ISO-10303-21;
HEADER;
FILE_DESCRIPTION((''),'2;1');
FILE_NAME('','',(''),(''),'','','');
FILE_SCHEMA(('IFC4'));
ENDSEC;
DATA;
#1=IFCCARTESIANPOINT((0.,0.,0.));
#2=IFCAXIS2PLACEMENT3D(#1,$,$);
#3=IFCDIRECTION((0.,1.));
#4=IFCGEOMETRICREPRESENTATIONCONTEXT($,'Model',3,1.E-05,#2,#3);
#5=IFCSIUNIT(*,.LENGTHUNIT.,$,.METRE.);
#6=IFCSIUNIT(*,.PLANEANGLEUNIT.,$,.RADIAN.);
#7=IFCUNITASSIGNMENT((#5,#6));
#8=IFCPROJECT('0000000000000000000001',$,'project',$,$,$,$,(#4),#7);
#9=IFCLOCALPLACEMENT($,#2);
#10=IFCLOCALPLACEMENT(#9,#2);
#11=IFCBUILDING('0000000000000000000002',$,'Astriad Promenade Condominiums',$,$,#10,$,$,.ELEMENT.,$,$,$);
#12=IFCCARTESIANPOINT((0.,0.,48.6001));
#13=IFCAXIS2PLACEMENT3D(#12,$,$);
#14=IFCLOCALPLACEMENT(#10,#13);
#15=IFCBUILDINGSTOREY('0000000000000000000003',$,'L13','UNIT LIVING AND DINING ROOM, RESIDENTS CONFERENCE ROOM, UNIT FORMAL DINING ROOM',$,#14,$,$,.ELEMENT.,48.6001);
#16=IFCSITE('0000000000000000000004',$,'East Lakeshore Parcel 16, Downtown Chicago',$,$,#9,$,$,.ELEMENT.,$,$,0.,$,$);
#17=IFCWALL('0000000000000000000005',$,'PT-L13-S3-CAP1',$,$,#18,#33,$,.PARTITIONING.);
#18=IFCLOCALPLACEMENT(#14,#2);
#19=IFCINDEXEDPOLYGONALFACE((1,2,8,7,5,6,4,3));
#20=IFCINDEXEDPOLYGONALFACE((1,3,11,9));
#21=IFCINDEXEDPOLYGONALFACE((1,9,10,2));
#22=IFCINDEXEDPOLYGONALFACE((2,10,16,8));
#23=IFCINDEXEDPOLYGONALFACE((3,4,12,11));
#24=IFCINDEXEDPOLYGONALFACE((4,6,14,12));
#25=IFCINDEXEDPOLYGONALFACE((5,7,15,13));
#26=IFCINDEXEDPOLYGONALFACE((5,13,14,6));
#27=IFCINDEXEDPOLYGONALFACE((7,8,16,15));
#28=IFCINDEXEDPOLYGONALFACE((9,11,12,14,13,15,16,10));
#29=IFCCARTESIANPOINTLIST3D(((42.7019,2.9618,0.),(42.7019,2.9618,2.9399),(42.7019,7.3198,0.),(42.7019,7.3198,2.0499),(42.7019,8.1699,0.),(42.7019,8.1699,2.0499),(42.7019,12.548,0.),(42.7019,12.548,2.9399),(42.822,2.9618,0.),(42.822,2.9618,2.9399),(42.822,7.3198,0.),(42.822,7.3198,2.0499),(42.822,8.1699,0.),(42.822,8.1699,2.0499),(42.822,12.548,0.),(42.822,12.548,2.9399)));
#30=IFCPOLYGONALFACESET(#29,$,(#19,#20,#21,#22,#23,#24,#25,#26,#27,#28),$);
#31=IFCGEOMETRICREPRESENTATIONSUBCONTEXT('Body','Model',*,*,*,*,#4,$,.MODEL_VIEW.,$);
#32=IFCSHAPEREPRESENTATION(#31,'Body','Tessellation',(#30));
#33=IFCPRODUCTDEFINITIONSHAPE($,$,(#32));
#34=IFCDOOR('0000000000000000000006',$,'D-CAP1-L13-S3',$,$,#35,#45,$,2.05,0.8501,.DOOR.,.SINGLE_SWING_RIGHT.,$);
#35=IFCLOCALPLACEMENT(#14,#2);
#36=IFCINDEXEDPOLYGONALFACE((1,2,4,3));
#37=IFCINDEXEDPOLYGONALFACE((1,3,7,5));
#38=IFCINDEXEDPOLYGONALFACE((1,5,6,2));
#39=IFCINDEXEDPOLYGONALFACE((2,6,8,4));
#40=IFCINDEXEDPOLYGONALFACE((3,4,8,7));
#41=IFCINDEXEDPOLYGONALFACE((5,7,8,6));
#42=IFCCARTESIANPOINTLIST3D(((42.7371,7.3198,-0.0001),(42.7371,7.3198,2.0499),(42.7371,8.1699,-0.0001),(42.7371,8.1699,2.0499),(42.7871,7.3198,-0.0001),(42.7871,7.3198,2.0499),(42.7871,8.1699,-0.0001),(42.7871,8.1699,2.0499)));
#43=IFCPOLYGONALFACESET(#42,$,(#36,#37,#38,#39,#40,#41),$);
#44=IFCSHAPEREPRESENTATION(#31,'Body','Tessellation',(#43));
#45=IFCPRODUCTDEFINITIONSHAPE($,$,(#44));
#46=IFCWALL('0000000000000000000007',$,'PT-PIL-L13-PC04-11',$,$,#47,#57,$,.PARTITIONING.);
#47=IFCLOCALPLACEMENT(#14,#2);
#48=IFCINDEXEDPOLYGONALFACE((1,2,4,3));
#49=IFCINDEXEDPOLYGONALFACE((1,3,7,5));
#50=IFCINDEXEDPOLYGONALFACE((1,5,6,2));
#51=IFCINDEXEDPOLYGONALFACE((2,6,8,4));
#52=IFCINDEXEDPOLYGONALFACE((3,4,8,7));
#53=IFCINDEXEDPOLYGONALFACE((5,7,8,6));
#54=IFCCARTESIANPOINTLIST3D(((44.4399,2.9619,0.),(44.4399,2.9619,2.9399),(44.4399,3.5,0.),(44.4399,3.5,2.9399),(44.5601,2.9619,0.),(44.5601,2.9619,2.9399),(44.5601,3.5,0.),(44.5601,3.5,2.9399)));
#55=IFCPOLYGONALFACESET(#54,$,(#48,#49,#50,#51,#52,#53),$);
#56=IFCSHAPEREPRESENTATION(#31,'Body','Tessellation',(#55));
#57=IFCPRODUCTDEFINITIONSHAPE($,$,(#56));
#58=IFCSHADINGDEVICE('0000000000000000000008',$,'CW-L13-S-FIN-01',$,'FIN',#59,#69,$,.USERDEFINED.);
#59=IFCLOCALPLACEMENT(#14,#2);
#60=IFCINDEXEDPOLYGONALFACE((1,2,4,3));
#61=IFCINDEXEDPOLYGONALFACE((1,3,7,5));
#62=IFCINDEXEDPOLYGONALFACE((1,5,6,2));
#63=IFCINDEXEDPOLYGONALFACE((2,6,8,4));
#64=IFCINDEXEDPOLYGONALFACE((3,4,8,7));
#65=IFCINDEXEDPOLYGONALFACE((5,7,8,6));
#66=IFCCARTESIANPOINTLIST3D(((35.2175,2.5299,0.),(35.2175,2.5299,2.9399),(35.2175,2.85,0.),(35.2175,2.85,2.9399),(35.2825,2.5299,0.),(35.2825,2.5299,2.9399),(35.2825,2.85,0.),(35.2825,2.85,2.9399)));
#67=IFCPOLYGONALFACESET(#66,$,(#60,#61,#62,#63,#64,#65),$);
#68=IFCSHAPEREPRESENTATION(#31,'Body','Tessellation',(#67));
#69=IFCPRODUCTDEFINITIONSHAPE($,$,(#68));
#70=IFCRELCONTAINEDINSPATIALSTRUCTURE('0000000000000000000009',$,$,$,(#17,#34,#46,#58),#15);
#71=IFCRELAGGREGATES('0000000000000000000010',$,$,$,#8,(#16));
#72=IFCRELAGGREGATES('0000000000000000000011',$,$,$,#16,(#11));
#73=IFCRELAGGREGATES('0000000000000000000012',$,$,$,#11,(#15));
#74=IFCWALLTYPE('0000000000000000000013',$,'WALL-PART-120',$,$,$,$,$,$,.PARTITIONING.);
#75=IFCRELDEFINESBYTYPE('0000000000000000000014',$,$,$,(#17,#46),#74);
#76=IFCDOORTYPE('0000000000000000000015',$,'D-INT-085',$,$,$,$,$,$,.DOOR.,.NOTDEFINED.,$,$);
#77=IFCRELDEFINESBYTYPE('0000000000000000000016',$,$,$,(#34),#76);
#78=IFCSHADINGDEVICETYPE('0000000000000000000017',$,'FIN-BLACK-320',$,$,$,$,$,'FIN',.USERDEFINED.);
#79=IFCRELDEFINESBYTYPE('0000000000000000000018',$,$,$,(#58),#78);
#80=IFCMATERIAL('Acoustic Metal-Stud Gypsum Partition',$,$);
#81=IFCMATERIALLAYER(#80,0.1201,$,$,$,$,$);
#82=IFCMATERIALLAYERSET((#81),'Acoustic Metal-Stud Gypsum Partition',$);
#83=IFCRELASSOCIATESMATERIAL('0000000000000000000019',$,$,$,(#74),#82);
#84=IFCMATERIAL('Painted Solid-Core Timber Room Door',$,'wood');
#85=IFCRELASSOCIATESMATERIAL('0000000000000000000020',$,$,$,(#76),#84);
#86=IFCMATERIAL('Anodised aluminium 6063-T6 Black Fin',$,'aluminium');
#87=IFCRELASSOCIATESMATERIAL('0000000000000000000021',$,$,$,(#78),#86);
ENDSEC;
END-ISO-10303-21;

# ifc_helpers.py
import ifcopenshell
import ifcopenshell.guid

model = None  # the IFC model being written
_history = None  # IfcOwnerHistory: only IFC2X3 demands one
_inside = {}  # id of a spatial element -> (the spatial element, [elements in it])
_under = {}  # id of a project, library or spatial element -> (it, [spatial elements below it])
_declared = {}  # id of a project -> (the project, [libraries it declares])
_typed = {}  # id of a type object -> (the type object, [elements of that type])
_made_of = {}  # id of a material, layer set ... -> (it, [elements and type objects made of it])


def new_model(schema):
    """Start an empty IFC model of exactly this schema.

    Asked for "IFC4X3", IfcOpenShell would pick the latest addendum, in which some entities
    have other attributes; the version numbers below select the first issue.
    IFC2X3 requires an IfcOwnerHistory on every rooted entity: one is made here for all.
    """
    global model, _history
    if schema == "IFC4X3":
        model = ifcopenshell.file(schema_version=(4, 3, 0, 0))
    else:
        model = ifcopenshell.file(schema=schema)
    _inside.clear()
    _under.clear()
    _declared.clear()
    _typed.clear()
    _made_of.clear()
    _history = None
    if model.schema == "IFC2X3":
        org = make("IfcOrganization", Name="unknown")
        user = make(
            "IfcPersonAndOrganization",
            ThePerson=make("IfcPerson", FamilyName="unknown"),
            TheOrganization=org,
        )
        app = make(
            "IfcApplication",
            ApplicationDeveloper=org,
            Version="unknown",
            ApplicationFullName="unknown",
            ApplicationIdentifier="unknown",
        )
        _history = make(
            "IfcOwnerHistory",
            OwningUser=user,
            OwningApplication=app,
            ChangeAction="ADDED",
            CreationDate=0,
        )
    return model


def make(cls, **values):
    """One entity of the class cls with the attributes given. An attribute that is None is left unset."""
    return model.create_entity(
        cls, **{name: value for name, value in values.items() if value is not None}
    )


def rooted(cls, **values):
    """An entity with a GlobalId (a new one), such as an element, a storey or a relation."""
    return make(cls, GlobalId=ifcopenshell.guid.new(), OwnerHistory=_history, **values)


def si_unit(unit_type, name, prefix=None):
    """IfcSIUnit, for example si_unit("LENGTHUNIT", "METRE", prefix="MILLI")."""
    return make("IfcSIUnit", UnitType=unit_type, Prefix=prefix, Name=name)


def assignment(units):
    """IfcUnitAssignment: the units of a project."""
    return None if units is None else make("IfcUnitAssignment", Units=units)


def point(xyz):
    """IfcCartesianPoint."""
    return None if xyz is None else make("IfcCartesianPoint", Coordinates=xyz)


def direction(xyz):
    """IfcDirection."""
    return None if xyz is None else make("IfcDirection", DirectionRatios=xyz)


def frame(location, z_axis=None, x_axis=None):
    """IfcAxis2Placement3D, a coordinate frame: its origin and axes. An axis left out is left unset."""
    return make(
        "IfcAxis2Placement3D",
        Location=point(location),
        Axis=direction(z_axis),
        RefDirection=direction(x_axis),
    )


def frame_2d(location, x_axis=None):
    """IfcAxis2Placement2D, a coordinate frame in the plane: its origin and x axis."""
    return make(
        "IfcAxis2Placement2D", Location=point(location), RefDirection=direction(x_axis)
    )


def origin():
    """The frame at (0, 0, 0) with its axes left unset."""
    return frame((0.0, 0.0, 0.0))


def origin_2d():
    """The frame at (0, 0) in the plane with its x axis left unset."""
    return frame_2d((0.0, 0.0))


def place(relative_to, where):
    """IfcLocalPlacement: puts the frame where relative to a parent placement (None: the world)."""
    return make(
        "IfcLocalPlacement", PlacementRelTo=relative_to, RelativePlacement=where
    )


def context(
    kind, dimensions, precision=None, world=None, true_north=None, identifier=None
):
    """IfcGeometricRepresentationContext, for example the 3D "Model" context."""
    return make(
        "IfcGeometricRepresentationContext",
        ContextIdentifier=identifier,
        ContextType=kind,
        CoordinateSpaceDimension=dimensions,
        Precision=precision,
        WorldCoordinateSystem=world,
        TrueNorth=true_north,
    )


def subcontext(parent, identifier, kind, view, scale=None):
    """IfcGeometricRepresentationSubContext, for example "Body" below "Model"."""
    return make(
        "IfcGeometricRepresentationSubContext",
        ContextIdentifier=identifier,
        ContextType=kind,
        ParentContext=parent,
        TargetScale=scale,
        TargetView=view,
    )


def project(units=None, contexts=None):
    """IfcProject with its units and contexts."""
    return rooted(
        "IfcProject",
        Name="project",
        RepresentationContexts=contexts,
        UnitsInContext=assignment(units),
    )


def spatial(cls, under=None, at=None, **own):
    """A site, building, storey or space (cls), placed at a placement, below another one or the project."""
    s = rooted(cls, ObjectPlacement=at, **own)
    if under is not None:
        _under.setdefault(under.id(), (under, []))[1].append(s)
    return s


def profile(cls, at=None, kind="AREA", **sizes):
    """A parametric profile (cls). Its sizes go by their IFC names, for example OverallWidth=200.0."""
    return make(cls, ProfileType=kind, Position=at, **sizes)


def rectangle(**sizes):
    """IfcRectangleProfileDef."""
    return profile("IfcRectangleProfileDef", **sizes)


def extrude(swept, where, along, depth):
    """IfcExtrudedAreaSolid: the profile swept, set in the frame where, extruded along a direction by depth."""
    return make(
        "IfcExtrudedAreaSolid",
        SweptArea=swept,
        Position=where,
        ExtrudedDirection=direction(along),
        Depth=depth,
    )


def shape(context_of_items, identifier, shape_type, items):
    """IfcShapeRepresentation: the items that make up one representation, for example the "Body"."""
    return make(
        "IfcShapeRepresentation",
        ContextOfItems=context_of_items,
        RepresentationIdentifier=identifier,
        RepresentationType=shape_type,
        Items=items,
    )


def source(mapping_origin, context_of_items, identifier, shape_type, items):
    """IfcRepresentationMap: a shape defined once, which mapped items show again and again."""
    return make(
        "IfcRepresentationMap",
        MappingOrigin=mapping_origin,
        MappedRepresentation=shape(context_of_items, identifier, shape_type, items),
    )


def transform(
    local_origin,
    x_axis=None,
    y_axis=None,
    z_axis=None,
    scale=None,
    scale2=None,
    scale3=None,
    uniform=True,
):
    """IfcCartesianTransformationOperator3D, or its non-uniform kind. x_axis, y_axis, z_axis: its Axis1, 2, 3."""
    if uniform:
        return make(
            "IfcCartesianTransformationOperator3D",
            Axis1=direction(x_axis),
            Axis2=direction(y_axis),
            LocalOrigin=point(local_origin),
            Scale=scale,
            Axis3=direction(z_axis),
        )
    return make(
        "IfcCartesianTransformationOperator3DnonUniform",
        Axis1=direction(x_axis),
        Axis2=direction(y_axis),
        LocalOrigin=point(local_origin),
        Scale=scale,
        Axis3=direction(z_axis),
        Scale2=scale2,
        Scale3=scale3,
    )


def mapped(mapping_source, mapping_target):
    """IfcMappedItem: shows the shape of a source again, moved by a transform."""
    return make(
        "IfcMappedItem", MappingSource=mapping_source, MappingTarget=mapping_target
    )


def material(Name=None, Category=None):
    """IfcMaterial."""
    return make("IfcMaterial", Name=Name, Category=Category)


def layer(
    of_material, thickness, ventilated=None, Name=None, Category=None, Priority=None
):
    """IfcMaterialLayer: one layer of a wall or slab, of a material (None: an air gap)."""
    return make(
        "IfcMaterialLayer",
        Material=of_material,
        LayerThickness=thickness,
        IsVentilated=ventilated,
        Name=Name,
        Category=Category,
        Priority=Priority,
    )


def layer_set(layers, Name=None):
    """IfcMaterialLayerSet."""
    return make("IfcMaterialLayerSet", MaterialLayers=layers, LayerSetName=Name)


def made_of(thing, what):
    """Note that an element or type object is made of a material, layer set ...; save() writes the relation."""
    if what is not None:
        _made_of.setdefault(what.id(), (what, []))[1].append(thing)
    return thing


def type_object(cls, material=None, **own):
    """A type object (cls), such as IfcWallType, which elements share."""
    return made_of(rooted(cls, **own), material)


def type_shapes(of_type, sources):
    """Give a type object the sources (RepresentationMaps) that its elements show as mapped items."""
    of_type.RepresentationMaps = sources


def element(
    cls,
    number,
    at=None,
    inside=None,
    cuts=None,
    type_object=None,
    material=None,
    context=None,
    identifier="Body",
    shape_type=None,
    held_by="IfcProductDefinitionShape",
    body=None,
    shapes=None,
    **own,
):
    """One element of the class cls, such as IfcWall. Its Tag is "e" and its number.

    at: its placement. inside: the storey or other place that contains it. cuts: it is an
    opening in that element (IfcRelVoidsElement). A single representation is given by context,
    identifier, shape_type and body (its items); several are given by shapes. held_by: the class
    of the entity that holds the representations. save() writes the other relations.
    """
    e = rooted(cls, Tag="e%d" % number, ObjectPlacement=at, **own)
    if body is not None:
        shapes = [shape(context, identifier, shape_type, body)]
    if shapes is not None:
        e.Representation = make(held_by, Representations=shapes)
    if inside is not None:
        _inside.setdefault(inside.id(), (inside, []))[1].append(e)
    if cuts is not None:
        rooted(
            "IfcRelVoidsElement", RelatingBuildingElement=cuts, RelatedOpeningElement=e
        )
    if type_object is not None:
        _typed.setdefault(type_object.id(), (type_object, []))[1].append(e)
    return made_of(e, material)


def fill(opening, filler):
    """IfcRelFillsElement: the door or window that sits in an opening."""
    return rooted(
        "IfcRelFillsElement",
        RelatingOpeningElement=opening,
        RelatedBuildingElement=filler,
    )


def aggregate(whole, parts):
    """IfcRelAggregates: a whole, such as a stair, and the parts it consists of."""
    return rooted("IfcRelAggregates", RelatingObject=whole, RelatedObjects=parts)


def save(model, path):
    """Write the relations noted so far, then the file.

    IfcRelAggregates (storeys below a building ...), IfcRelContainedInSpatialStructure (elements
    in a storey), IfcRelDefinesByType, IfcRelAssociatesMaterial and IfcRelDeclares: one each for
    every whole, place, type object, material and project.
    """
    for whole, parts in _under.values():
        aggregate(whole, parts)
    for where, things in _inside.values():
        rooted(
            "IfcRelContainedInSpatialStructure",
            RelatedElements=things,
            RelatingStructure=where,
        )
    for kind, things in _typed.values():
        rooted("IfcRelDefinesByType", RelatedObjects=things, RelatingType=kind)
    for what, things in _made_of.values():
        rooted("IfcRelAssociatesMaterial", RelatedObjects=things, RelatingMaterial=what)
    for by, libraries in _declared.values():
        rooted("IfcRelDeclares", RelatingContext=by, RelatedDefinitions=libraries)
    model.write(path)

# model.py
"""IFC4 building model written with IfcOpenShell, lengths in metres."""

from ifc_helpers import new_model, si_unit, direction, frame, frame_2d, origin, origin_2d, place, context, subcontext, project, spatial, rectangle, extrude, source, transform, mapped, material, layer, layer_set, type_object, type_shapes, element, fill, save


model = new_model("IFC4")

# Units and contexts
model_context = context("Model", 3, precision=1e-05, world=origin(), true_north=direction((0.0, 1.0)))
body_context = subcontext(model_context, "Body", "Model", "MODEL_VIEW")
ifc_project = project(units=[si_unit("LENGTHUNIT", "METRE"), si_unit("PLANEANGLEUNIT", "RADIAN")], contexts=[model_context])

# Site, building, storey
site_placement = place(None, origin())
site = spatial("IfcSite", under=ifc_project, at=site_placement, Name="East Lakeshore Parcel 16, Downtown Chicago", CompositionType="ELEMENT", RefElevation=0.0)
building_placement = place(site_placement, origin())
building = spatial("IfcBuilding", under=site, at=building_placement, Name="Astriad Promenade Condominiums", CompositionType="ELEMENT")
storey_placement = place(building_placement, frame((0.0, 0.0, 48.6001)))
storey = spatial("IfcBuildingStorey", under=building, at=storey_placement, Name="L13", Description="UNIT LIVING AND DINING ROOM, RESIDENTS CONFERENCE ROOM, UNIT FORMAL DINING ROOM", CompositionType="ELEMENT", Elevation=48.6001)

# Wall, opening, door
ifc_material_1 = material(Name="Acoustic Metal-Stud Gypsum Partition")
ifc_layer_1 = layer(ifc_material_1, 0.1201)
ifc_layer_set_1 = layer_set([ifc_layer_1], Name="Acoustic Metal-Stud Gypsum Partition")
wall_type_1 = type_object("IfcWallType", Name="WALL-PART-120", PredefinedType="PARTITIONING", material=ifc_layer_set_1)
wall_1_placement = place(storey_placement, frame((42.762, 2.9619, 0.0), z_axis=(0.0, 0.0, 1.0), x_axis=(0.0, 1.0, 0.0)))
wall_1 = element("IfcWall", 1, at=wall_1_placement, inside=storey, type_object=wall_type_1, Name="PT-L13-S3-CAP1", PredefinedType="PARTITIONING", context=body_context, shape_type="SweptSolid", body=[
    extrude(rectangle(XDim=9.5862, YDim=0.1201, at=frame_2d((4.793, 0.0))), origin(), (0.0, 0.0, 1.0), 2.9399),
])
opening_1_placement = place(wall_1_placement, frame((4.3579, 0.0, 0.0)))
opening_1 = element("IfcOpeningElement", 2, at=opening_1_placement, cuts=wall_1, PredefinedType="OPENING", context=body_context, shape_type="SweptSolid", body=[
    extrude(rectangle(XDim=0.8501, YDim=2.05, at=frame_2d((0.425, 1.0249))), frame((0.0, 0.0701, 0.0), z_axis=(0.0, -1.0, 0.0), x_axis=(1.0, 0.0, 0.0)), (0.0, 0.0, 1.0), 0.1401),
])
ifc_material_2 = material(Name="Painted Solid-Core Timber Room Door", Category="wood")
door_type_1 = type_object("IfcDoorType", Name="D-INT-085", OperationType="NOTDEFINED", PredefinedType="DOOR", material=ifc_material_2)
shared_shape_1 = source(origin(), body_context, "Body", "SweptSolid", [
    extrude(rectangle(XDim=0.8501, YDim=2.05, at=frame_2d((0.425, 1.0249))), frame((0.0, 0.0249, 0.0), z_axis=(0.0, -1.0, 0.0), x_axis=(1.0, 0.0, 0.0)), (0.0, 0.0, 1.0), 0.05),
])
type_shapes(door_type_1, [shared_shape_1])
door_1_placement = place(opening_1_placement, origin())
door_1 = element("IfcDoor", 3, at=door_1_placement, inside=storey, type_object=door_type_1, Name="D-CAP1-L13-S3", OperationType="SINGLE_SWING_RIGHT", OverallHeight=2.05, OverallWidth=0.8501, PredefinedType="DOOR", context=body_context, shape_type="MappedRepresentation", body=[
    mapped(shared_shape_1, transform((0.0, 0.0, 0.0), scale=1.0)),
])
fill(opening_1, door_1)

# Wall
wall_2_placement = place(storey_placement, frame((44.5, 3.5, 0.0), z_axis=(0.0, 0.0, 1.0), x_axis=(0.0, -1.0, 0.0)))
element("IfcWall", 4, at=wall_2_placement, inside=storey, type_object=wall_type_1, Name="PT-PIL-L13-PC04-11", PredefinedType="PARTITIONING", context=body_context, shape_type="SweptSolid", body=[
    extrude(rectangle(XDim=0.5381, YDim=0.1201, at=frame_2d((0.269, 0.0))), origin(), (0.0, 0.0, 1.0), 2.9399),
])

# Shading device
ifc_material_3 = material(Name="Anodised aluminium 6063-T6 Black Fin", Category="aluminium")
shading_device_type = type_object("IfcShadingDeviceType", Name="FIN-BLACK-320", ElementType="FIN", PredefinedType="USERDEFINED", material=ifc_material_3)
shared_shape_2 = source(origin(), body_context, "Body", "SweptSolid", [
    extrude(rectangle(XDim=0.0649, YDim=0.3201, at=origin_2d()), origin(), (0.0, 0.0, 1.0), 2.9399),
])
type_shapes(shading_device_type, [shared_shape_2])
shading_device_placement = place(storey_placement, frame((35.25, 2.6899, 0.0), z_axis=(0.0, 0.0, 1.0), x_axis=(-1.0, 0.0, 0.0)))
element("IfcShadingDevice", 5, at=shading_device_placement, inside=storey, type_object=shading_device_type, Name="CW-L13-S-FIN-01", ObjectType="FIN", PredefinedType="USERDEFINED", context=body_context, shape_type="MappedRepresentation", body=[
    mapped(shared_shape_2, transform((0.0, 0.0, 0.0), scale=1.0)),
])

save(model, "model.ifc")
